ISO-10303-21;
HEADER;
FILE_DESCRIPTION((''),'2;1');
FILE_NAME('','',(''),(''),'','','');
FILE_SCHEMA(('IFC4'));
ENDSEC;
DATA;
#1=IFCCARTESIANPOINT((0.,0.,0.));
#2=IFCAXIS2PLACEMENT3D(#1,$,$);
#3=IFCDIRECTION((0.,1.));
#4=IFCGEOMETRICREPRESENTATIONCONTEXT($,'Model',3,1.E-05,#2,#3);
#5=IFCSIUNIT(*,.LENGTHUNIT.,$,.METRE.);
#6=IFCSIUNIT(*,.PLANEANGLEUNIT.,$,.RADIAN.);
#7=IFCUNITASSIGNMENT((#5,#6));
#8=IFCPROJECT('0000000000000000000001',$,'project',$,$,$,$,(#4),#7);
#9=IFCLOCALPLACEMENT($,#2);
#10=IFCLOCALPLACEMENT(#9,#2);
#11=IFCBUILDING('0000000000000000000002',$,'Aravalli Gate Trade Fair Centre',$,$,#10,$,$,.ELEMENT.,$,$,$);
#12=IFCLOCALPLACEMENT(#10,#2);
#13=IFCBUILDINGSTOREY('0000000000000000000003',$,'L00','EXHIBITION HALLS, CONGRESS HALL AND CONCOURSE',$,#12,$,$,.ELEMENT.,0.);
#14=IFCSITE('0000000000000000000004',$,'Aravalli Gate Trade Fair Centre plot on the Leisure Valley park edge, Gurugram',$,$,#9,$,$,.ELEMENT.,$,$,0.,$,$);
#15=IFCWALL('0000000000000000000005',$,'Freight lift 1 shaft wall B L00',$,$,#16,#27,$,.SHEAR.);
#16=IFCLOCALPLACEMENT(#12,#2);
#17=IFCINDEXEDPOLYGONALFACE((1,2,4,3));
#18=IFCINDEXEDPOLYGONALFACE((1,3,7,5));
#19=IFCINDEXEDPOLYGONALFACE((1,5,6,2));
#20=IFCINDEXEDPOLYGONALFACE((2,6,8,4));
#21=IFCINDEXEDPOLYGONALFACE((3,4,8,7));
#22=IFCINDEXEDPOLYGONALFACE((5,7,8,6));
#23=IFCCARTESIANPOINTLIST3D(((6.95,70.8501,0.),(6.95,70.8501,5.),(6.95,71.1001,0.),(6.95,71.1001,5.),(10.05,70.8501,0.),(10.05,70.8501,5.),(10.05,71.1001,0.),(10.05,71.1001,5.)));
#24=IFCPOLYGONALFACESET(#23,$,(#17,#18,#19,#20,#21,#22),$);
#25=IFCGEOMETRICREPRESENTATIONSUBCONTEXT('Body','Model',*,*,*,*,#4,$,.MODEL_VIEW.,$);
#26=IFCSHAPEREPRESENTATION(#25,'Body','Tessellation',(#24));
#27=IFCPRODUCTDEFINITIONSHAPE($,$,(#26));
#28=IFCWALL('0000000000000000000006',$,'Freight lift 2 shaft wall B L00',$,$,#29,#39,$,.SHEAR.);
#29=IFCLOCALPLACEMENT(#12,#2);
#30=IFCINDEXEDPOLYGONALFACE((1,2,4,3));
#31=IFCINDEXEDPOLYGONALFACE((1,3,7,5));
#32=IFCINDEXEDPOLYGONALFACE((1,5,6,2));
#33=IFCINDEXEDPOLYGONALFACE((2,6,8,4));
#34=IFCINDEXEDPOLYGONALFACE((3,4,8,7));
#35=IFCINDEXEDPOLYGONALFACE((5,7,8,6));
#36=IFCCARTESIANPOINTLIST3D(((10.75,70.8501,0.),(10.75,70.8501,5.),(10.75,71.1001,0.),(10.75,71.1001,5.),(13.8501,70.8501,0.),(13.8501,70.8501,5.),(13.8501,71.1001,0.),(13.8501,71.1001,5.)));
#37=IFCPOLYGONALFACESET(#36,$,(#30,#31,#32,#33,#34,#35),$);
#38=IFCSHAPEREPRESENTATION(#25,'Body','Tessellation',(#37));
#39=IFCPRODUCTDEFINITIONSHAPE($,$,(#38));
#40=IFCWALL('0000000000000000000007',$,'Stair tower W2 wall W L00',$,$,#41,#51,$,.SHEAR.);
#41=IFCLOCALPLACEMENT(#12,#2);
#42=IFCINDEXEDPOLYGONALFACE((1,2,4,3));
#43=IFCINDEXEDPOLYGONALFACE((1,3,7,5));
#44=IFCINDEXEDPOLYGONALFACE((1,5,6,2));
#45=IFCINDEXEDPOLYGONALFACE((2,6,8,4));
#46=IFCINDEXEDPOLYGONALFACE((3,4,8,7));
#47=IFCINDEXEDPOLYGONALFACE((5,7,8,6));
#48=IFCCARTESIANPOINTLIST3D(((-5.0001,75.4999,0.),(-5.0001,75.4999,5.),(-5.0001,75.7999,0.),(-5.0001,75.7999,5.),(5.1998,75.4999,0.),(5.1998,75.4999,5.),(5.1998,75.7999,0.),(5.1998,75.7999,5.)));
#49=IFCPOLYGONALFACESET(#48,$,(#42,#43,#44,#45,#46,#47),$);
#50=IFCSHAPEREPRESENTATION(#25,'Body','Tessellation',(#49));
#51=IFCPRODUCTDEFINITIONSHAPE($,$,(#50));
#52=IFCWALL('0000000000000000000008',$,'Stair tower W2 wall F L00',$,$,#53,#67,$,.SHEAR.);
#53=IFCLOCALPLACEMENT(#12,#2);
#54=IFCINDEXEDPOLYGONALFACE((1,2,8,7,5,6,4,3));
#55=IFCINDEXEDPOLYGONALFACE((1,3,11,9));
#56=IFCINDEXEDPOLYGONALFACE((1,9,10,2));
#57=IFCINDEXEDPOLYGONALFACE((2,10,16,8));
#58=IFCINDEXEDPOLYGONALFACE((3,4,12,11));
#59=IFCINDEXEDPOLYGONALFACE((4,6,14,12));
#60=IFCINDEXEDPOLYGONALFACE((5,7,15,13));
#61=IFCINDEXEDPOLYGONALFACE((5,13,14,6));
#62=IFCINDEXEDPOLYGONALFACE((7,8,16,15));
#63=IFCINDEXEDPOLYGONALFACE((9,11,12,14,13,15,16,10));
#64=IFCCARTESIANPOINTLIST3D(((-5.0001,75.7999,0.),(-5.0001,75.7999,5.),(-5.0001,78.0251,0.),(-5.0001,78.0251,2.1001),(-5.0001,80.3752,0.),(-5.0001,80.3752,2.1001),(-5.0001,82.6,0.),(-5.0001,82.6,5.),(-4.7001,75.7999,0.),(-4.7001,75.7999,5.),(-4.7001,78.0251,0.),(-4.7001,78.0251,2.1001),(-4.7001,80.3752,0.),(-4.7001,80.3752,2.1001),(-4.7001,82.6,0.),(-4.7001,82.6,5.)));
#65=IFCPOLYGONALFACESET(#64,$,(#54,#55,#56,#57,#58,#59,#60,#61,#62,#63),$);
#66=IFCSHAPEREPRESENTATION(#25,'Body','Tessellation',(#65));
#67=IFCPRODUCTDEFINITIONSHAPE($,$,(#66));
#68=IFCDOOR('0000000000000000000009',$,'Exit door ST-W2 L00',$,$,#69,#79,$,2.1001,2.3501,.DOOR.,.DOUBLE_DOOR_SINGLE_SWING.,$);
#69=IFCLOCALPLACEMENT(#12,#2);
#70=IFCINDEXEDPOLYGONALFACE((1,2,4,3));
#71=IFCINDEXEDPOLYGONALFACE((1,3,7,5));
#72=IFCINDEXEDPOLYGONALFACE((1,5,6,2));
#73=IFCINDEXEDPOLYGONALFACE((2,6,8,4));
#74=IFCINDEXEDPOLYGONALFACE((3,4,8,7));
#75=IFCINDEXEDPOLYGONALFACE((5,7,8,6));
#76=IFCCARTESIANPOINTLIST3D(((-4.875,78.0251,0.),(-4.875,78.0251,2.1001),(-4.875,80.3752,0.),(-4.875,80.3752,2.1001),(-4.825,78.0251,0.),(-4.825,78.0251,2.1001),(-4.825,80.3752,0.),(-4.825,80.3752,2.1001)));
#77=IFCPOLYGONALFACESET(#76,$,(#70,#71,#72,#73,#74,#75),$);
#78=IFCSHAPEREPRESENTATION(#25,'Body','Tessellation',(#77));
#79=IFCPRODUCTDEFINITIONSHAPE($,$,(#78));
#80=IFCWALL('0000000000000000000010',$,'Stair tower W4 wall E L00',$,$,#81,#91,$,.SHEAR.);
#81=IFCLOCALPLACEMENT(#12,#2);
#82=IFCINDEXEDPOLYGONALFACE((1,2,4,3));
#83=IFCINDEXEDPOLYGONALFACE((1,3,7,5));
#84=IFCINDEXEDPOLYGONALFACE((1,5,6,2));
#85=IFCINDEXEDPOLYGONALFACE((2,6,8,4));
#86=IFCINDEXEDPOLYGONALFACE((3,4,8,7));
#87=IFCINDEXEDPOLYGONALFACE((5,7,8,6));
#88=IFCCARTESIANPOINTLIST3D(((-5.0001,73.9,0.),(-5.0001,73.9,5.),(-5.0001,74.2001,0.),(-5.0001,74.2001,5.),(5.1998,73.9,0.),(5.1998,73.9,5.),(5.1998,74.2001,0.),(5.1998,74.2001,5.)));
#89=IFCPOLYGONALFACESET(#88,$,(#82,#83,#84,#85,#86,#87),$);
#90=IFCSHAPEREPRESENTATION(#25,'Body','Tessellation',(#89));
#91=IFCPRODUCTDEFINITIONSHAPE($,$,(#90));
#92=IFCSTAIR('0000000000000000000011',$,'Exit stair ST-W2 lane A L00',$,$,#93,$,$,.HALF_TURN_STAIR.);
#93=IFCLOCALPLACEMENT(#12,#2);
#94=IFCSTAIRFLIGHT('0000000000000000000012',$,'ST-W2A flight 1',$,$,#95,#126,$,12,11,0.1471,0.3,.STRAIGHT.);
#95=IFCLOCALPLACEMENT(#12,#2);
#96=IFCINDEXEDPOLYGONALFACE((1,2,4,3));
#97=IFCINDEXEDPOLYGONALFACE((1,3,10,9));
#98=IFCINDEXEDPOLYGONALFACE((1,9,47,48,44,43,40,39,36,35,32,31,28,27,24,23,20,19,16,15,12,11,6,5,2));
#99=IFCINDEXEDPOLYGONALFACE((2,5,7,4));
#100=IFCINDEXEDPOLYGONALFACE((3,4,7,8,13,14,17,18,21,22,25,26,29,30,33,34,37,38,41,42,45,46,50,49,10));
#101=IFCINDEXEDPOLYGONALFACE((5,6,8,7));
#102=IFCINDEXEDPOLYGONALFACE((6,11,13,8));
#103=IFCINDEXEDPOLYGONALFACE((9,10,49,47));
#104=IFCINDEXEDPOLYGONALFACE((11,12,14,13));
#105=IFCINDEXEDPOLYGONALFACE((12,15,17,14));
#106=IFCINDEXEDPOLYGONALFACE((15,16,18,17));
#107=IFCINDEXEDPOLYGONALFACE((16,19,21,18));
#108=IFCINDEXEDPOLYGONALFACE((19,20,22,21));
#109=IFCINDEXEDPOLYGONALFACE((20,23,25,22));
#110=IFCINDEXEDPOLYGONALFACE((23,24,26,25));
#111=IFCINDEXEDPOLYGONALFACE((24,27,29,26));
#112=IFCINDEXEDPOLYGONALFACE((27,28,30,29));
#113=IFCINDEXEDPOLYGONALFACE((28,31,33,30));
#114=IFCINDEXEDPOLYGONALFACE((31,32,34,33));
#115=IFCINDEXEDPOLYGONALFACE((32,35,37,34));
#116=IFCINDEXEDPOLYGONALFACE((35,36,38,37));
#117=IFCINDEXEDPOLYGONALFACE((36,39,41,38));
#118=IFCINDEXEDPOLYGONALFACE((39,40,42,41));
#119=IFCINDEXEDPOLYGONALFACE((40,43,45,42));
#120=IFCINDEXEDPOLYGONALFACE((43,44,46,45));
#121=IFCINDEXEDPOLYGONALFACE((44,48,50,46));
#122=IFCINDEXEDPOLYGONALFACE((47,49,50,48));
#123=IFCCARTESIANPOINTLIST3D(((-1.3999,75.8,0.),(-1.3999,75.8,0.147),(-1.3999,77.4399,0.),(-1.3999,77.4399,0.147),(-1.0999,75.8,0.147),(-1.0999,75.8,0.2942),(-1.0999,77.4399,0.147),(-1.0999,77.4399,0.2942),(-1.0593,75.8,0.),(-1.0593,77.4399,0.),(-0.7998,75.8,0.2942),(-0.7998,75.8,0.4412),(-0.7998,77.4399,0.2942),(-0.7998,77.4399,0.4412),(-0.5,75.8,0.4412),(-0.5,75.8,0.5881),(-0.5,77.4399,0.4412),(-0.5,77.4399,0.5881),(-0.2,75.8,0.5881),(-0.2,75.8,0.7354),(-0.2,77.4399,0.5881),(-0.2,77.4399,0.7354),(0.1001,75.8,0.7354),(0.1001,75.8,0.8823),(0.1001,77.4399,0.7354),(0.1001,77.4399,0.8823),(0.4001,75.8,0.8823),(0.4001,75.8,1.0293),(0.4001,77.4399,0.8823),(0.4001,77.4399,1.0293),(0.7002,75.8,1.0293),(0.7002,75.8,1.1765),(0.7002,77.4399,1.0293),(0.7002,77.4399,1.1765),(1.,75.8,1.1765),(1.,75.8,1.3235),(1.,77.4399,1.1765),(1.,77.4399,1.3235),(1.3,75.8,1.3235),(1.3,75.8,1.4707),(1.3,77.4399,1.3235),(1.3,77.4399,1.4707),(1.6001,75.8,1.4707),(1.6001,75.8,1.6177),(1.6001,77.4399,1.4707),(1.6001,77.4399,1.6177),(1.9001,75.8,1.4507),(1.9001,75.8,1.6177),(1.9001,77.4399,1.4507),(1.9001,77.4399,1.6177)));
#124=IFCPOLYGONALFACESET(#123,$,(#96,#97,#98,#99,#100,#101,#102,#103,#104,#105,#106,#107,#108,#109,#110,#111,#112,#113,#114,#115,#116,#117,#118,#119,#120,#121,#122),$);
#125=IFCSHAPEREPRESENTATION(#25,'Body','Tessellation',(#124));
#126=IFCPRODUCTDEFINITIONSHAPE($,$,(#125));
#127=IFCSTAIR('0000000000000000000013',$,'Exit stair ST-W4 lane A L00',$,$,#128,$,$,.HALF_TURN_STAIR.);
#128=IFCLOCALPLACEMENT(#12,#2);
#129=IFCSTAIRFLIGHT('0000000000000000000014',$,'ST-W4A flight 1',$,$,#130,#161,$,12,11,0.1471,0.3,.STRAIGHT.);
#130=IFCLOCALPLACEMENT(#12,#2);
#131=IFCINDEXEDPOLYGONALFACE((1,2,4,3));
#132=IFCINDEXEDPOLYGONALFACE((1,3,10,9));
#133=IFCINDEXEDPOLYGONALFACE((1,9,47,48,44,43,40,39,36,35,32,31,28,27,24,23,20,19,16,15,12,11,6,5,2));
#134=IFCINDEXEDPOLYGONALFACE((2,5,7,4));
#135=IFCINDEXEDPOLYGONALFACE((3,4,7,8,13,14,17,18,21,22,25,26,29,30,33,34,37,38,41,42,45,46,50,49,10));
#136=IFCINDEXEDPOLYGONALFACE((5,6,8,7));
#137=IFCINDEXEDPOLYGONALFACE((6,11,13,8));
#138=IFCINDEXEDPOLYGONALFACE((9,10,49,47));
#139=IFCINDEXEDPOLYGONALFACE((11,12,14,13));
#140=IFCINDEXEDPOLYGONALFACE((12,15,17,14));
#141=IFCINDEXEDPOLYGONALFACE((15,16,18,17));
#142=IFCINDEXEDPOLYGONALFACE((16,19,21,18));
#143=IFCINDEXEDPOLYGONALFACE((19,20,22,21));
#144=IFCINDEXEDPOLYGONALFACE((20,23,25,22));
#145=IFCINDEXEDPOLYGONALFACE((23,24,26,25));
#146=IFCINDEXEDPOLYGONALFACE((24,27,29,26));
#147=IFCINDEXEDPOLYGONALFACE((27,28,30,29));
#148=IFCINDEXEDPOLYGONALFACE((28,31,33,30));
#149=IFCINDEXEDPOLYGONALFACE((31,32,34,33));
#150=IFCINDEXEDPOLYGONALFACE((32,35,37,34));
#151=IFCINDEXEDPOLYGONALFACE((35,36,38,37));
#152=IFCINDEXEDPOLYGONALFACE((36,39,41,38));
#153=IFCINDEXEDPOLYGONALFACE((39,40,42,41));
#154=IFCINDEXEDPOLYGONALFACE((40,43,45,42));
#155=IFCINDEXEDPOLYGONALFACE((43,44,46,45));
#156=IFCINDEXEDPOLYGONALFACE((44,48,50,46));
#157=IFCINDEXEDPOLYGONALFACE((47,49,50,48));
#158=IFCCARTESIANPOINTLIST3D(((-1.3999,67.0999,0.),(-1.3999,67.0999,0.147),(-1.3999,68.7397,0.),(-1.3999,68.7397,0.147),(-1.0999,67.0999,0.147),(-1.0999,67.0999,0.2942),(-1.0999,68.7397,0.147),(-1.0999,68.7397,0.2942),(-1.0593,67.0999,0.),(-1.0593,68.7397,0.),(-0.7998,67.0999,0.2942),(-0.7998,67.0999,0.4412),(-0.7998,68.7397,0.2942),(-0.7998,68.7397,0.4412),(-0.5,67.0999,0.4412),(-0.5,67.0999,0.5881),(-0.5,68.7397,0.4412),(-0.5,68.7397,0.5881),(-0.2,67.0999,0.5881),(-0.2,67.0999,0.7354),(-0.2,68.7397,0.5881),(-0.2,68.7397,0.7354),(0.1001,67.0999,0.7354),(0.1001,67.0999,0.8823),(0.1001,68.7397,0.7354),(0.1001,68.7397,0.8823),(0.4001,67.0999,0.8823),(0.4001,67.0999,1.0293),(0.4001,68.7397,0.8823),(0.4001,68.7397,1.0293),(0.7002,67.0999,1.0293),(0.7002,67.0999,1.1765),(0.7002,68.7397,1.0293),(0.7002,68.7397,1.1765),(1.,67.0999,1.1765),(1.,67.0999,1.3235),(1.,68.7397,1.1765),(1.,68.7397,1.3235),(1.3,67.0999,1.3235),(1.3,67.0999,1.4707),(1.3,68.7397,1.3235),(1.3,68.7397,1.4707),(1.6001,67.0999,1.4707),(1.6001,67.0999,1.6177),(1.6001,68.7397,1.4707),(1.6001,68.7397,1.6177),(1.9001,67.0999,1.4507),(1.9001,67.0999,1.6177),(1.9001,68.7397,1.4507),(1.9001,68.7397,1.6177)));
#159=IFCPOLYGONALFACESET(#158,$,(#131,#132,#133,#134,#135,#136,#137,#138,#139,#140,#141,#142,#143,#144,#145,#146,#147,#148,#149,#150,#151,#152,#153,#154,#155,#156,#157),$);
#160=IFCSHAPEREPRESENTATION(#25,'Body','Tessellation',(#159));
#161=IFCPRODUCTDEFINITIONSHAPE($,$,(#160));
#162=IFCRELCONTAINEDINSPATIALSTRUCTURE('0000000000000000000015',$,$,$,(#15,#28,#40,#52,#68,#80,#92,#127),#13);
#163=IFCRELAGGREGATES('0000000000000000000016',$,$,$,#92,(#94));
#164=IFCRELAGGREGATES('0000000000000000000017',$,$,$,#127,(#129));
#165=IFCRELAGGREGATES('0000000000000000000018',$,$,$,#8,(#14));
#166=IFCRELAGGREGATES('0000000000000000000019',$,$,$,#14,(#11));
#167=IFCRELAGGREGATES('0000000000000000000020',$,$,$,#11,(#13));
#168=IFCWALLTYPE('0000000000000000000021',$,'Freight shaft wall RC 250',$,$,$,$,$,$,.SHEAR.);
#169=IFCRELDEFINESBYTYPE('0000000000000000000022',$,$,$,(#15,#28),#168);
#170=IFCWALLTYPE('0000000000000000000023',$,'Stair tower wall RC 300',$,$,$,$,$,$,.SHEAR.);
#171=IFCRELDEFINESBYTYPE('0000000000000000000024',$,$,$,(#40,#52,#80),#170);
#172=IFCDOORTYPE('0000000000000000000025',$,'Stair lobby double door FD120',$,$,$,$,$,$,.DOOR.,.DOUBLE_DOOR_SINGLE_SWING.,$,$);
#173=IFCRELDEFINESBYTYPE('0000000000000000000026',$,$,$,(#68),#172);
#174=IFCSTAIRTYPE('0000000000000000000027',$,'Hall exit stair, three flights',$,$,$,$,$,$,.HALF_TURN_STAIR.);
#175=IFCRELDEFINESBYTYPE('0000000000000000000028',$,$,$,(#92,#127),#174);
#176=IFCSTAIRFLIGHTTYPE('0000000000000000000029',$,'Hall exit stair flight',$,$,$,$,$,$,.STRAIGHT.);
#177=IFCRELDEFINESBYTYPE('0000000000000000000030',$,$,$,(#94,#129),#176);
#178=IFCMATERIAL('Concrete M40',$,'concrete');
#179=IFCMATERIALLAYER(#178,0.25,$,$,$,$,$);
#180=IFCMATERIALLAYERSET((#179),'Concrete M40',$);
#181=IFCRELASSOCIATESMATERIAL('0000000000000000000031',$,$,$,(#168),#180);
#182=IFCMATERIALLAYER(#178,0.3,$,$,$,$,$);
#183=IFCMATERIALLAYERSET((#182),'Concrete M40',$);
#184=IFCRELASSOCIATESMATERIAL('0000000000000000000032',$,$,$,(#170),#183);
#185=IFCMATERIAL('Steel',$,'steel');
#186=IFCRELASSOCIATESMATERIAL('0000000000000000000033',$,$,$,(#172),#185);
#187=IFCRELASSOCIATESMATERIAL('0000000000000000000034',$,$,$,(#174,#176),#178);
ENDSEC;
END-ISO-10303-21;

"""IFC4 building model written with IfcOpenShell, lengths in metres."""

from ifc_helpers import new_model, si_unit, direction, frame, frame_2d, origin, place, context, subcontext, project, spatial, polyline, rectangle, outline, extrude, material, layer, layer_set, type_object, element, fill, aggregate, save


model = new_model("IFC4")

# Units and contexts
model_context = context("Model", 3, precision=1e-05, world=origin(), true_north=direction((0.0, 1.0)))
body_context = subcontext(model_context, "Body", "Model", "MODEL_VIEW")
ifc_project = project(units=[si_unit("LENGTHUNIT", "METRE"), si_unit("PLANEANGLEUNIT", "RADIAN")], contexts=[model_context])

# Site, building, storey
site_placement = place(None, origin())
site = spatial("IfcSite", under=ifc_project, at=site_placement, Name="Aravalli Gate Trade Fair Centre plot on the Leisure Valley park edge, Gurugram", CompositionType="ELEMENT", RefElevation=0.0)
building_placement = place(site_placement, origin())
building = spatial("IfcBuilding", under=site, at=building_placement, Name="Aravalli Gate Trade Fair Centre", CompositionType="ELEMENT")
storey_placement = place(building_placement, origin())
storey = spatial("IfcBuildingStorey", under=building, at=storey_placement, Name="L00", Description="EXHIBITION HALLS, CONGRESS HALL AND CONCOURSE", CompositionType="ELEMENT", Elevation=0.0)

# Walls
ifc_material_1 = material(Name="Concrete M40", Category="concrete")
ifc_layer_1 = layer(ifc_material_1, 0.25)
ifc_layer_set_1 = layer_set([ifc_layer_1], Name="Concrete M40")
wall_type_1 = type_object("IfcWallType", Name="Freight shaft wall RC 250", PredefinedType="SHEAR", material=ifc_layer_set_1)
for number, where, z_axis, x_axis, name in (
    (1, (6.95, 70.9751, 0.0), (0.0, 0.0, 1.0), (1.0, 0.0, 0.0), "Freight lift 1 shaft wall B L00"),
    (2, (10.75, 70.9751, 0.0), (0.0, 0.0, 1.0), (1.0, 0.0, 0.0), "Freight lift 2 shaft wall B L00"),
):
    element("IfcWall", number, at=place(storey_placement, frame(where, z_axis=z_axis, x_axis=x_axis)), inside=storey, type_object=wall_type_1, Name=name, PredefinedType="SHEAR", context=body_context, shape_type="SweptSolid", body=[
        extrude(rectangle(XDim=3.1001, YDim=0.25, at=frame_2d((1.55, 0.0))), origin(), (0.0, 0.0, 1.0), 5.0),
    ])
ifc_layer_2 = layer(ifc_material_1, 0.3)
ifc_layer_set_2 = layer_set([ifc_layer_2], Name="Concrete M40")
wall_type_2 = type_object("IfcWallType", Name="Stair tower wall RC 300", PredefinedType="SHEAR", material=ifc_layer_set_2)
wall_1_placement = place(storey_placement, frame((5.2, 75.6499, 0.0), z_axis=(0.0, 0.0, 1.0), x_axis=(-1.0, 0.0, 0.0)))
element("IfcWall", 3, at=wall_1_placement, inside=storey, type_object=wall_type_2, Name="Stair tower W2 wall W L00", PredefinedType="SHEAR", context=body_context, shape_type="SweptSolid", body=[
    extrude(rectangle(XDim=10.2, YDim=0.3, at=frame_2d((5.1001, 0.0))), origin(), (0.0, 0.0, 1.0), 5.0),
])

# Wall, opening, door
wall_2_placement = place(storey_placement, frame((-4.8501, 75.8, 0.0), z_axis=(0.0, 0.0, 1.0), x_axis=(0.0, 1.0, 0.0)))
wall_2 = element("IfcWall", 4, at=wall_2_placement, inside=storey, type_object=wall_type_2, Name="Stair tower W2 wall F L00", PredefinedType="SHEAR", context=body_context, shape_type="SweptSolid", body=[
    extrude(rectangle(XDim=6.8, YDim=0.3, at=frame_2d((3.3999, 0.0))), origin(), (0.0, 0.0, 1.0), 5.0),
])
opening_placement = place(wall_2_placement, frame((2.2251, 0.0, 0.0)))
opening = element("IfcOpeningElement", 5, at=opening_placement, cuts=wall_2, PredefinedType="OPENING", context=body_context, shape_type="SweptSolid", body=[
    extrude(rectangle(XDim=2.3501, YDim=2.1001, at=frame_2d((1.175, 1.05))), frame((0.0, 0.1599, 0.0), z_axis=(0.0, -1.0, 0.0), x_axis=(1.0, 0.0, 0.0)), (0.0, 0.0, 1.0), 0.3201),
])
ifc_material_2 = material(Name="Steel", Category="steel")
door_type = type_object("IfcDoorType", Name="Stair lobby double door FD120", OperationType="DOUBLE_DOOR_SINGLE_SWING", PredefinedType="DOOR", material=ifc_material_2)
door_placement = place(opening_placement, origin())
door = element("IfcDoor", 6, at=door_placement, inside=storey, type_object=door_type, Name="Exit door ST-W2 L00", OperationType="DOUBLE_DOOR_SINGLE_SWING", OverallHeight=2.1001, OverallWidth=2.3501, PredefinedType="DOOR", context=body_context, shape_type="SweptSolid", body=[
    extrude(rectangle(XDim=2.3501, YDim=2.1001, at=frame_2d((1.175, 1.05))), frame((0.0, 0.0249, 0.0), z_axis=(0.0, -1.0, 0.0), x_axis=(1.0, 0.0, 0.0)), (0.0, 0.0, 1.0), 0.05),
])
fill(opening, door)

# Wall
wall_3_placement = place(storey_placement, frame((5.2, 74.05, 0.0), z_axis=(0.0, 0.0, 1.0), x_axis=(-1.0, 0.0, 0.0)))
element("IfcWall", 7, at=wall_3_placement, inside=storey, type_object=wall_type_2, Name="Stair tower W4 wall E L00", PredefinedType="SHEAR", context=body_context, shape_type="SweptSolid", body=[
    extrude(rectangle(XDim=10.2, YDim=0.3, at=frame_2d((5.1001, 0.0))), origin(), (0.0, 0.0, 1.0), 5.0),
])

# Stair, stair flight
stair_type = type_object("IfcStairType", Name="Hall exit stair, three flights", PredefinedType="HALF_TURN_STAIR", material=ifc_material_1)
stair_1_placement = place(storey_placement, origin())
stair_1 = element("IfcStair", 8, at=stair_1_placement, inside=storey, type_object=stair_type, Name="Exit stair ST-W2 lane A L00", PredefinedType="HALF_TURN_STAIR")
stair_flight_type = type_object("IfcStairFlightType", Name="Hall exit stair flight", PredefinedType="STRAIGHT", material=ifc_material_1)
stair_flight_1_placement = place(storey_placement, frame((-1.3999, 76.6201, 0.0), z_axis=(0.0, 0.0, 1.0), x_axis=(1.0, 0.0, 0.0)))
stair_flight_1 = element("IfcStairFlight", 9, at=stair_flight_1_placement, type_object=stair_flight_type, Name="ST-W2A flight 1", NumberOfRisers=12, NumberOfTreads=11, PredefinedType="STRAIGHT", RiserHeight=0.1471, TreadLength=0.3, context=body_context, shape_type="SweptSolid", body=[
    extrude(outline(polyline([(0.0, 0.0), (0.0, 0.147), (0.3, 0.147), (0.3, 0.2942), (0.6001, 0.2942), (0.6001, 0.4412), (0.8999, 0.4412), (0.8999, 0.5881), (1.2, 0.5881), (1.2, 0.7354), (1.5, 0.7354), (1.5, 0.8823), (1.8, 0.8823), (1.8, 1.0293), (2.1001, 1.0293), (2.1001, 1.1765), (2.3999, 1.1765), (2.3999, 1.3235), (2.7, 1.3235), (2.7, 1.4707), (3.0, 1.4707), (3.0, 1.6177), (3.3, 1.6177), (3.3, 1.7646), (3.3, 1.4507), (0.3406, 0.0), (0.0, 0.0)])), frame((0.0, 0.8198, 0.0), z_axis=(0.0, -1.0, 0.0), x_axis=(1.0, 0.0, 0.0)), (0.0, 0.0, 1.0), 1.6399),
])
aggregate(stair_1, [stair_flight_1])

# Stair, stair flight
stair_2_placement = place(storey_placement, origin())
stair_2 = element("IfcStair", 10, at=stair_2_placement, inside=storey, type_object=stair_type, Name="Exit stair ST-W4 lane A L00", PredefinedType="HALF_TURN_STAIR")
stair_flight_2_placement = place(storey_placement, frame((-1.3999, 67.9199, 0.0), z_axis=(0.0, 0.0, 1.0), x_axis=(1.0, 0.0, 0.0)))
stair_flight_2 = element("IfcStairFlight", 11, at=stair_flight_2_placement, type_object=stair_flight_type, Name="ST-W4A flight 1", NumberOfRisers=12, NumberOfTreads=11, PredefinedType="STRAIGHT", RiserHeight=0.1471, TreadLength=0.3, context=body_context, shape_type="SweptSolid", body=[
    extrude(outline(polyline([(0.0, 0.0), (0.0, 0.147), (0.3, 0.147), (0.3, 0.2942), (0.6001, 0.2942), (0.6001, 0.4412), (0.8999, 0.4412), (0.8999, 0.5881), (1.2, 0.5881), (1.2, 0.7354), (1.5, 0.7354), (1.5, 0.8823), (1.8, 0.8823), (1.8, 1.0293), (2.1001, 1.0293), (2.1001, 1.1765), (2.3999, 1.1765), (2.3999, 1.3235), (2.7, 1.3235), (2.7, 1.4707), (3.0, 1.4707), (3.0, 1.6177), (3.3, 1.6177), (3.3, 1.7646), (3.3, 1.4507), (0.3406, 0.0), (0.0, 0.0)])), frame((0.0, 0.8198, 0.0), z_axis=(0.0, -1.0, 0.0), x_axis=(1.0, 0.0, 0.0)), (0.0, 0.0, 1.0), 1.6399),
])
aggregate(stair_2, [stair_flight_2])

save(model, "model.ifc")
